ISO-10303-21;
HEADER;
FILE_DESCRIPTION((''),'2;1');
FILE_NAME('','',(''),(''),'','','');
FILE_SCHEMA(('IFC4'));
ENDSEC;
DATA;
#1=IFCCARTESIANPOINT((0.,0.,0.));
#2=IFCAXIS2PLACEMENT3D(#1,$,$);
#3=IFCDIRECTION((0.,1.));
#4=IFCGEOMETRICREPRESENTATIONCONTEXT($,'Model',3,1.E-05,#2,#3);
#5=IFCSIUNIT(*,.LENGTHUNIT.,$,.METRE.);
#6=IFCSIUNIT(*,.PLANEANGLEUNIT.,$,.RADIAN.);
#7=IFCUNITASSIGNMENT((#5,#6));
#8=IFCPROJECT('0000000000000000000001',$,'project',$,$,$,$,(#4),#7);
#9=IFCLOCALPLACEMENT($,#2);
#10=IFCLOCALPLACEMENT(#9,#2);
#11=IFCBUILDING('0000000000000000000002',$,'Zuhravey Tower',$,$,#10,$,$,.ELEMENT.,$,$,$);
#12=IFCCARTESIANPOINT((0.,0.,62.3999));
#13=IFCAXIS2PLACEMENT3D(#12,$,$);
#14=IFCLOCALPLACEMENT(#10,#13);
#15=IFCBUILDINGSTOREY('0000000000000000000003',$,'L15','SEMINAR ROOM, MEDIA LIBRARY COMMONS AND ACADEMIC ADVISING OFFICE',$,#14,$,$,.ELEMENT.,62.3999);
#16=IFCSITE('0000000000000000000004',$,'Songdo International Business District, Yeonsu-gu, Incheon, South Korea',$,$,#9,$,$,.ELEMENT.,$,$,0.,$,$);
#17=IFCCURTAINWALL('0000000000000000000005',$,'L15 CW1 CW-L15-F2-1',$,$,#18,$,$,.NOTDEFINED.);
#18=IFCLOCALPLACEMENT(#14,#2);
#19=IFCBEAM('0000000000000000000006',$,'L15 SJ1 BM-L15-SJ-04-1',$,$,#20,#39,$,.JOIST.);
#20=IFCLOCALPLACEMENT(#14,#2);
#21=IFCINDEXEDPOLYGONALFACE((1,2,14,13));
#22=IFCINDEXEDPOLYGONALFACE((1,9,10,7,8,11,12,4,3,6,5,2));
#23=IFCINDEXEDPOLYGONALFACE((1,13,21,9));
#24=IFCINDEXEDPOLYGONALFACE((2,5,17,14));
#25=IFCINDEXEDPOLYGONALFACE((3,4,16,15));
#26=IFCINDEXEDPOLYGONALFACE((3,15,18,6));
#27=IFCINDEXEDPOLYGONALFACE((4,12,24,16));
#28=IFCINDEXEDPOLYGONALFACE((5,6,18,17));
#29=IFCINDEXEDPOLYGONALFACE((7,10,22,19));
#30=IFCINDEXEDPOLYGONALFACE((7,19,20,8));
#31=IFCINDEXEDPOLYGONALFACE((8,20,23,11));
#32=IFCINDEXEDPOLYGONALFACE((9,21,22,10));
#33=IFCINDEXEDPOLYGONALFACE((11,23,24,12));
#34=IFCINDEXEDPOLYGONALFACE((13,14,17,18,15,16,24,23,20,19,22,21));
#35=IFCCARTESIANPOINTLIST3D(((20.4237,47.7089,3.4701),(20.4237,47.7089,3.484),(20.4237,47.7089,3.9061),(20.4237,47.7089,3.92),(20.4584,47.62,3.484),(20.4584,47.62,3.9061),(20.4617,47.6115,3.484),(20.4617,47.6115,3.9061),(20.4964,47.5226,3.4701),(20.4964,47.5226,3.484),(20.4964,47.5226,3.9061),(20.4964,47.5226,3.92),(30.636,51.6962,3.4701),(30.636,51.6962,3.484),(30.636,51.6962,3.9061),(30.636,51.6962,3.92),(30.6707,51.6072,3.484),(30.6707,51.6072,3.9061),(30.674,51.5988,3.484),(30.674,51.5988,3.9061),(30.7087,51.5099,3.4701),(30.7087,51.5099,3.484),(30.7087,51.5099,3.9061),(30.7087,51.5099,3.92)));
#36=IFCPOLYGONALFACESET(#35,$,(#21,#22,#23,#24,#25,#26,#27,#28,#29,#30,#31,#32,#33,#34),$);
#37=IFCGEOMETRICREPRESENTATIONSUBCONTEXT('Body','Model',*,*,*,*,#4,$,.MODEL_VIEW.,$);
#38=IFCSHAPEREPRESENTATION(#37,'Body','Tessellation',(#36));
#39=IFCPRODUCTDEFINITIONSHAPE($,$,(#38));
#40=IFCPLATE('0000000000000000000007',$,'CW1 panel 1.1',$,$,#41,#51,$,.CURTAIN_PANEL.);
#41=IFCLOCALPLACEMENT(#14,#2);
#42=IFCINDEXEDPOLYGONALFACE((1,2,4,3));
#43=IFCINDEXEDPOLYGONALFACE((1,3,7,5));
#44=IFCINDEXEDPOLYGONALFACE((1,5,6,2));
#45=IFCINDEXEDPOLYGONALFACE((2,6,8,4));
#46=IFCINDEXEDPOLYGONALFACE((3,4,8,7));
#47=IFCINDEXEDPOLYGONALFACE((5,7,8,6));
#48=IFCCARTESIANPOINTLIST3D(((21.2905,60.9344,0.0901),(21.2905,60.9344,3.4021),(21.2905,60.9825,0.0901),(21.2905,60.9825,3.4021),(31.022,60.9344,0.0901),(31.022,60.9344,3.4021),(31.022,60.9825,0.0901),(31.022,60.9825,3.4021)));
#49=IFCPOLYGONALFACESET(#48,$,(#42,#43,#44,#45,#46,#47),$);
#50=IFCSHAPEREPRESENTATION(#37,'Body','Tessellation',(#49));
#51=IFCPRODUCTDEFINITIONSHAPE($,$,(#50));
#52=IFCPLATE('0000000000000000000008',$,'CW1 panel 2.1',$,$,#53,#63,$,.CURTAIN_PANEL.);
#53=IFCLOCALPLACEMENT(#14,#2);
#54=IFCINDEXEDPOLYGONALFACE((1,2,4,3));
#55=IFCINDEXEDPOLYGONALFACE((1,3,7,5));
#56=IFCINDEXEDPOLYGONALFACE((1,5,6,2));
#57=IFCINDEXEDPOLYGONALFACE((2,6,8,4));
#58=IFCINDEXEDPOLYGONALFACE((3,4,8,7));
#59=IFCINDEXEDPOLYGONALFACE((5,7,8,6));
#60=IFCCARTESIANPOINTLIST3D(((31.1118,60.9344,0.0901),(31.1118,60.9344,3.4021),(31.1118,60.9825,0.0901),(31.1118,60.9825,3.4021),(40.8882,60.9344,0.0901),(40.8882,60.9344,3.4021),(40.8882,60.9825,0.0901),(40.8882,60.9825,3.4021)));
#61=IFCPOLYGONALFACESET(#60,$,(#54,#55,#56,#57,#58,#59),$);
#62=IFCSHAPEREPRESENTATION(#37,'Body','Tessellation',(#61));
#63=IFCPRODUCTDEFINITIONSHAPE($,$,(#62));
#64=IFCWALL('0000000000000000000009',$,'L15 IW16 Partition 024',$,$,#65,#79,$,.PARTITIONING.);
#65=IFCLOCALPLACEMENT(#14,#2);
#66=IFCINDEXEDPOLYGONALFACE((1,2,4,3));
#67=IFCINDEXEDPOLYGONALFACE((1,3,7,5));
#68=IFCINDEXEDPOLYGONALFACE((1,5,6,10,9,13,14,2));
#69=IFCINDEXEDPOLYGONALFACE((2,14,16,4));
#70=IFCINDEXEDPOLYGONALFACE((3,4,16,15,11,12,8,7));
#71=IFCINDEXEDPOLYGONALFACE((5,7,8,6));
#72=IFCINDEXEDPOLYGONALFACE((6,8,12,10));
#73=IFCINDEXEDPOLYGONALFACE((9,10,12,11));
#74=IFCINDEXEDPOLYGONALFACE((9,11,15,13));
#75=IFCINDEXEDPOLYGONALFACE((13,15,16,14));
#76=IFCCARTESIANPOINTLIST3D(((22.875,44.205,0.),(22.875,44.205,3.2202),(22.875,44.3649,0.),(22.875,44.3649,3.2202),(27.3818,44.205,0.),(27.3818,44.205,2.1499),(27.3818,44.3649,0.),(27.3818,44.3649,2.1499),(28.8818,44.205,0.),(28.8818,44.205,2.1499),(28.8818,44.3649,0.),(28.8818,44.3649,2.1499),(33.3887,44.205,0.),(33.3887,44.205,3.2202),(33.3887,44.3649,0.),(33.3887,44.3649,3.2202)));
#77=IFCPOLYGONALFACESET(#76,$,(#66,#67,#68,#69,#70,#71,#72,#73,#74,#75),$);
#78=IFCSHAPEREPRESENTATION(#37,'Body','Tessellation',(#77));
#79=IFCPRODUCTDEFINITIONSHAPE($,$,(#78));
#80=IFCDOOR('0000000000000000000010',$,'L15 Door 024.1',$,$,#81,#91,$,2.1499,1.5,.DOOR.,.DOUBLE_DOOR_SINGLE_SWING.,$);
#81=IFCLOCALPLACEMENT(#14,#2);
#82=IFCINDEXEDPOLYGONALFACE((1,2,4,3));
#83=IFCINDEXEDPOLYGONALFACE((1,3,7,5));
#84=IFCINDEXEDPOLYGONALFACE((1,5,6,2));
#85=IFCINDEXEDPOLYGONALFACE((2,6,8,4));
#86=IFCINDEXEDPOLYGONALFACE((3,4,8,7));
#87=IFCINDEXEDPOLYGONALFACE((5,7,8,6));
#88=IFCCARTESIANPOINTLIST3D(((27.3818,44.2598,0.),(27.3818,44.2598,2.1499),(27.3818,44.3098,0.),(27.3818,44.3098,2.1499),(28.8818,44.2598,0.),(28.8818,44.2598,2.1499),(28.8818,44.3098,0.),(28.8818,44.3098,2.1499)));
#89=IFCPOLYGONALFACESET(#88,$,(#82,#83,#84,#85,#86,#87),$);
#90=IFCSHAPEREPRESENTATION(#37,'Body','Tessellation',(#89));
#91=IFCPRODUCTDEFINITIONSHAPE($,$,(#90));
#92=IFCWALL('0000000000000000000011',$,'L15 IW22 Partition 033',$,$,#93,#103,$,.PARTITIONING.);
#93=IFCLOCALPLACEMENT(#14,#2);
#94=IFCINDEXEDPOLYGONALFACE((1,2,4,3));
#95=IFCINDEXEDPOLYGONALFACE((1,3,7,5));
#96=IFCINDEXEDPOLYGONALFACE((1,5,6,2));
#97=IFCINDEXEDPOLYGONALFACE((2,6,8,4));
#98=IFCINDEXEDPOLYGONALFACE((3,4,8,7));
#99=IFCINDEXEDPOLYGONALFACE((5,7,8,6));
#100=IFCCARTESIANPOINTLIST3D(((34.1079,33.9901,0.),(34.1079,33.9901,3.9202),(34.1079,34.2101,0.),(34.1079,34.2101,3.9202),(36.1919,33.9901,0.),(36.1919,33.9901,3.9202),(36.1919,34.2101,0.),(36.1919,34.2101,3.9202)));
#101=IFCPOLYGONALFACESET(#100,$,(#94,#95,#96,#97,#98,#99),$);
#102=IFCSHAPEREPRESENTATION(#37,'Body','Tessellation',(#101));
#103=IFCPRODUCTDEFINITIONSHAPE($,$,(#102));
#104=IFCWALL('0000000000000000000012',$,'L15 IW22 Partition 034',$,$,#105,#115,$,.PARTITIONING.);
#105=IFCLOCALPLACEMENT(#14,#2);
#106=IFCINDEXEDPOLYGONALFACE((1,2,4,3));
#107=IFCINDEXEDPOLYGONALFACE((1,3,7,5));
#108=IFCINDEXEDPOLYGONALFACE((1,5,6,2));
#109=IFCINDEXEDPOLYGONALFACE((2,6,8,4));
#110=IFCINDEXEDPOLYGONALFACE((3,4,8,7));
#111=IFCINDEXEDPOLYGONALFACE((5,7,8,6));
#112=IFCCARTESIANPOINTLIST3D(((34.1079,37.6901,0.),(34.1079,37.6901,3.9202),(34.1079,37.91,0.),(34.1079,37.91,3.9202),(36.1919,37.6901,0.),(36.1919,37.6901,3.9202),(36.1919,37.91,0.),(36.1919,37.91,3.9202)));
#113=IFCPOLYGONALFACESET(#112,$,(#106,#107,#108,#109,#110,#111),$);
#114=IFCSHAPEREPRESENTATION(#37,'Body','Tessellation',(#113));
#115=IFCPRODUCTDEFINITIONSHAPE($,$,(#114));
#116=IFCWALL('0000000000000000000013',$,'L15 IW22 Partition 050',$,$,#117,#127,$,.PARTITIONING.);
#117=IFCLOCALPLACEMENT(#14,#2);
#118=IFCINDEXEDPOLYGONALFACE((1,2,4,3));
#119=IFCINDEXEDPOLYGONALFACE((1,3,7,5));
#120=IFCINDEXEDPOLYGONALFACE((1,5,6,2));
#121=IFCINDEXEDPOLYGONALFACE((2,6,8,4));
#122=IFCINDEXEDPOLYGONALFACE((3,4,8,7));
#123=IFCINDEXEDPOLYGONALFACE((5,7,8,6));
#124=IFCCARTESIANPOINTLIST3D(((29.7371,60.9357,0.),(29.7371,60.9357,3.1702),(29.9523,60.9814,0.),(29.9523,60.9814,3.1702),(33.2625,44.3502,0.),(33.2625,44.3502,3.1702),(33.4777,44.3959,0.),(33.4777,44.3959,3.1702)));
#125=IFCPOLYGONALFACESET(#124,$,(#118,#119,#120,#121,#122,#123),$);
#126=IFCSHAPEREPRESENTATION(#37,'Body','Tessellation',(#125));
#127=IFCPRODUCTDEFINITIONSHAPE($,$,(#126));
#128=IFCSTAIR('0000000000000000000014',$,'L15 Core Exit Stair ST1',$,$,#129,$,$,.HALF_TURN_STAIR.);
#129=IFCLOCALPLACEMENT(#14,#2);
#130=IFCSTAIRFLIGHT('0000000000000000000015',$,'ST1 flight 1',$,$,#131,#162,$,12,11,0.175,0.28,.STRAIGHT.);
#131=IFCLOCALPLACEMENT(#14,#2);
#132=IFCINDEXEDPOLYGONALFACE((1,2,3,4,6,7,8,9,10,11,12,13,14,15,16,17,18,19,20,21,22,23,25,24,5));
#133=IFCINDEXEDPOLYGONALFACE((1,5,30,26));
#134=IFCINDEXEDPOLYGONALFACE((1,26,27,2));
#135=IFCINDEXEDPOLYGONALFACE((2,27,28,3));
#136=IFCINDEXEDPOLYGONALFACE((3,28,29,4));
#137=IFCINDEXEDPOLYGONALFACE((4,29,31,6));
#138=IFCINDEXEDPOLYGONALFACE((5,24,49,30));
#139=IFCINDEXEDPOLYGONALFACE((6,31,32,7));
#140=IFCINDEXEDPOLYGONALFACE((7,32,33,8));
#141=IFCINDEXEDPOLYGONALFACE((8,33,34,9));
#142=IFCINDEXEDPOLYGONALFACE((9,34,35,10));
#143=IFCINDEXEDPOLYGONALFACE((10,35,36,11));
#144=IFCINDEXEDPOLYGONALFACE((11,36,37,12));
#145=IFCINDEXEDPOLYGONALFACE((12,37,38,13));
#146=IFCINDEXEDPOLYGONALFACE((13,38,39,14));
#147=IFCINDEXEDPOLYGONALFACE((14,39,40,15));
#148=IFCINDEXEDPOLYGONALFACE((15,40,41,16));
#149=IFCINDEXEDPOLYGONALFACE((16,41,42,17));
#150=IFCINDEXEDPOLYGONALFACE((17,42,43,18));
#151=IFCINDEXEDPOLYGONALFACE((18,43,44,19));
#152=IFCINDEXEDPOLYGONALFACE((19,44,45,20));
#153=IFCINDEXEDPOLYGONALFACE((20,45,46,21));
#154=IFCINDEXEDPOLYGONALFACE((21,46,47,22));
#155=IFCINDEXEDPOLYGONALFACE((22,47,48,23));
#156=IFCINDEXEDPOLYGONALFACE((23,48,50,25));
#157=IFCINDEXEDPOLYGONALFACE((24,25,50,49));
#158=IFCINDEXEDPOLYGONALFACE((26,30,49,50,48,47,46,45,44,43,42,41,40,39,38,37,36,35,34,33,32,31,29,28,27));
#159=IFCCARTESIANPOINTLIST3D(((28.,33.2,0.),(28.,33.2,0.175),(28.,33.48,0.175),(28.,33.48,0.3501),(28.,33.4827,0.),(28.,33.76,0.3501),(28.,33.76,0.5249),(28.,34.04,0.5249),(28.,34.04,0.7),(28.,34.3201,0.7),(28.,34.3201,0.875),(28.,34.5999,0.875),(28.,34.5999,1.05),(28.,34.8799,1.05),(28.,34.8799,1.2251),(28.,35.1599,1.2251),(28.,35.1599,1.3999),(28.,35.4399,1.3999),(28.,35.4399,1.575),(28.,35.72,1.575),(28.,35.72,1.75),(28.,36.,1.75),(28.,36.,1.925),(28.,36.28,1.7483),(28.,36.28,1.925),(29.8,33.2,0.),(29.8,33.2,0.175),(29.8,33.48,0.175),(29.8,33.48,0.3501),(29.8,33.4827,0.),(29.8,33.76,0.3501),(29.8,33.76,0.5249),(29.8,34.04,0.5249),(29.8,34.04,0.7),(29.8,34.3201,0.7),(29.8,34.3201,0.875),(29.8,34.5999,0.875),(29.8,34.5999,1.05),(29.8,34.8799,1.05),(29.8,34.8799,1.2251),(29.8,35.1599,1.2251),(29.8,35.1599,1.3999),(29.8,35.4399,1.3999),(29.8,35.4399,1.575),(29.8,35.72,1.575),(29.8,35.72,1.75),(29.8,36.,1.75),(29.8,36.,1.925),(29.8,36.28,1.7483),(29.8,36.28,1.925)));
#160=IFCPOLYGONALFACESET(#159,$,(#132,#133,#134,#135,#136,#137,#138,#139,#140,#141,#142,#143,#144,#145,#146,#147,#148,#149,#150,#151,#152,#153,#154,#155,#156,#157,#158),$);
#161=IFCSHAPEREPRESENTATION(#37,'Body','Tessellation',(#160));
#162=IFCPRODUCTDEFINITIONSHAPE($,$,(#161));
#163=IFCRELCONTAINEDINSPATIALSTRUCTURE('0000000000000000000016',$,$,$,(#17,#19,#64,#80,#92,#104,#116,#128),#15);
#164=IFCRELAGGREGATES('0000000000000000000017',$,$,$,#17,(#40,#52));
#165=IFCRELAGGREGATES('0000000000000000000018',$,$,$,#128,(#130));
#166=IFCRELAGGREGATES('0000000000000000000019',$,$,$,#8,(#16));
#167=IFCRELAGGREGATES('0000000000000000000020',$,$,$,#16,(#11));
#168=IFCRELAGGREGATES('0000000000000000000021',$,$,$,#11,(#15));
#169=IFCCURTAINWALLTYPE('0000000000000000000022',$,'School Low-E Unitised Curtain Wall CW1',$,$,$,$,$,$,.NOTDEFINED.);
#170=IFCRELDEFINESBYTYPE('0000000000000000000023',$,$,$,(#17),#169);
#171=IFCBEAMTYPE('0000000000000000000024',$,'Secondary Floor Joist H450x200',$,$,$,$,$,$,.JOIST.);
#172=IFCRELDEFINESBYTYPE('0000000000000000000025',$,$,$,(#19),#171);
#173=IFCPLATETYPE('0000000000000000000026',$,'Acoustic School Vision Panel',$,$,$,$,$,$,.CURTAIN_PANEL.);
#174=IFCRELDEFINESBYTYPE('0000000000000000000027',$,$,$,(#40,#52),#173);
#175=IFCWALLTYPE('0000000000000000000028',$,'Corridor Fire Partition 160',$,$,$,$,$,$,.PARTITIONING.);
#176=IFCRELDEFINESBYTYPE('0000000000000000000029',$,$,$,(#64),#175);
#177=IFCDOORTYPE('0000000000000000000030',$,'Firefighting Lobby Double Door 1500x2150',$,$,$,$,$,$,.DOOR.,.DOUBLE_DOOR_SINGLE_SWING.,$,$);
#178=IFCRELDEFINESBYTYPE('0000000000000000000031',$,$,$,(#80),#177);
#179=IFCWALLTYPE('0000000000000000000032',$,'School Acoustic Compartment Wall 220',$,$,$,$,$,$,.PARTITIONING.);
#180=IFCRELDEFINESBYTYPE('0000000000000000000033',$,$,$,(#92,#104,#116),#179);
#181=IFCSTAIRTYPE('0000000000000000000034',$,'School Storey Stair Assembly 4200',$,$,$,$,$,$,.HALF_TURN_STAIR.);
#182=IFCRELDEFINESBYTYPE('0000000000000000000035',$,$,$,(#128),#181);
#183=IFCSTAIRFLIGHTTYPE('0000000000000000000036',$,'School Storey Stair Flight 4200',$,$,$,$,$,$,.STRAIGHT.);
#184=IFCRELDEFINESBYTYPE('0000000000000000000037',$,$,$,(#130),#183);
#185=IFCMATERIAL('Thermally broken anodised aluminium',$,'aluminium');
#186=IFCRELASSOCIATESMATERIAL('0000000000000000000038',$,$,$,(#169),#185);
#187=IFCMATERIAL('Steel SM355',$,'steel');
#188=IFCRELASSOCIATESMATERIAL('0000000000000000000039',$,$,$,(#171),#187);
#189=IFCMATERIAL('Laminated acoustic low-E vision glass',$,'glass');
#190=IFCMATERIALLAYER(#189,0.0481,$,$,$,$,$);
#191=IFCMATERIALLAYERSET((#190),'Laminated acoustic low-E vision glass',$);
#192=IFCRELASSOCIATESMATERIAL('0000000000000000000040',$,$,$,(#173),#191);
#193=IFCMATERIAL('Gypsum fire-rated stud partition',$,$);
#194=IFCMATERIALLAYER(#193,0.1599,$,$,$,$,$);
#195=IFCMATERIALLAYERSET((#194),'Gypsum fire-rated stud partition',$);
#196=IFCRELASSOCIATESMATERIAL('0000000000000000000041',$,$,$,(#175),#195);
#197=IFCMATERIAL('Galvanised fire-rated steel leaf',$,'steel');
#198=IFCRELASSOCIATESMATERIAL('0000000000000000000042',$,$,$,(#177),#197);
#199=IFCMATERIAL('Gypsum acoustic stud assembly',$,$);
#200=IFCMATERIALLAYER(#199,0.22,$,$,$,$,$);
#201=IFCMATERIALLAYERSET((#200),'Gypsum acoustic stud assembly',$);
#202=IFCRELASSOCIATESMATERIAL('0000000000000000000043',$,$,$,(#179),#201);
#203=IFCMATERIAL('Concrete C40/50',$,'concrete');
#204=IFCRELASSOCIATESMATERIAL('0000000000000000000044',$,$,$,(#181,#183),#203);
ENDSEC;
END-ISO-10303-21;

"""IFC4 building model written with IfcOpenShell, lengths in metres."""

from ifc_helpers import new_model, si_unit, direction, frame, frame_2d, origin, origin_2d, place, context, subcontext, project, spatial, polyline, rectangle, i_section, outline, extrude, material, layer, layer_set, material_profile, profile_set, type_object, element, fill, aggregate, save


model = new_model("IFC4")

# Units and contexts
model_context = context("Model", 3, precision=1e-05, world=origin(), true_north=direction((0.0, 1.0)))
body_context = subcontext(model_context, "Body", "Model", "MODEL_VIEW")
ifc_project = project(units=[si_unit("LENGTHUNIT", "METRE"), si_unit("PLANEANGLEUNIT", "RADIAN")], contexts=[model_context])

# Site, building, storey
site_placement = place(None, origin())
site = spatial("IfcSite", under=ifc_project, at=site_placement, Name="Songdo International Business District, Yeonsu-gu, Incheon, South Korea", CompositionType="ELEMENT", RefElevation=0.0)
building_placement = place(site_placement, origin())
building = spatial("IfcBuilding", under=site, at=building_placement, Name="Zuhravey Tower", CompositionType="ELEMENT")
storey_placement = place(building_placement, frame((0.0, 0.0, 62.3999)))
storey = spatial("IfcBuildingStorey", under=building, at=storey_placement, Name="L15", Description="SEMINAR ROOM, MEDIA LIBRARY COMMONS AND ACADEMIC ADVISING OFFICE", CompositionType="ELEMENT", Elevation=62.3999)

# Curtain wall
ifc_material_1 = material(Name="Thermally broken anodised aluminium", Category="aluminium")
curtain_wall_type = type_object("IfcCurtainWallType", Name="School Low-E Unitised Curtain Wall CW1", PredefinedType="NOTDEFINED", material=ifc_material_1)
curtain_wall_placement = place(storey_placement, origin())
curtain_wall = element("IfcCurtainWall", 1, at=curtain_wall_placement, inside=storey, type_object=curtain_wall_type, Name="L15 CW1 CW-L15-F2-1", PredefinedType="NOTDEFINED")

# Beam
ifc_material_2 = material(Name="Steel SM355", Category="steel")
ifc_material_profile_1 = material_profile(ifc_material_2, i_section(OverallWidth=0.2, OverallDepth=0.45, WebThickness=0.009, FlangeThickness=0.0139, at=origin_2d()), Name="H-450x200x9x14")
ifc_profile_set_1 = profile_set([ifc_material_profile_1], Name="Steel SM355")
beam_type_1 = type_object("IfcBeamType", Name="Secondary Floor Joist H450x200", PredefinedType="JOIST", material=ifc_profile_set_1)
beam_1_placement = place(storey_placement, frame((30.6724, 51.603, 3.6951), z_axis=(-0.931517, -0.363699, 0.0), x_axis=(0.363699, -0.931517, 0.0)))
element("IfcBeam", 2, at=beam_1_placement, inside=storey, type_object=beam_type_1, Name="L15 SJ1 BM-L15-SJ-04-1", PredefinedType="JOIST", context=body_context, shape_type="SweptSolid", body=[
    extrude(i_section(OverallWidth=0.2, OverallDepth=0.45, WebThickness=0.009, FlangeThickness=0.0139, at=origin_2d()), origin(), (0.0, 0.0, 1.0), 10.9631),
])

# Plates
ifc_material_3 = material(Name="Laminated acoustic low-E vision glass", Category="glass")
ifc_layer_1 = layer(ifc_material_3, 0.0481)
ifc_layer_set_1 = layer_set([ifc_layer_1], Name="Laminated acoustic low-E vision glass")
plate_type = type_object("IfcPlateType", Name="Acoustic School Vision Panel", PredefinedType="CURTAIN_PANEL", material=ifc_layer_set_1)
plate_1_placement = place(storey_placement, frame((26.1562, 60.9585, 0.0901), z_axis=(0.0, 0.0, 1.0), x_axis=(1.0, 0.0, 0.0)))
plate_1 = element("IfcPlate", 3, at=plate_1_placement, type_object=plate_type, Name="CW1 panel 1.1", PredefinedType="CURTAIN_PANEL", context=body_context, shape_type="SweptSolid", body=[
    extrude(rectangle(XDim=9.7314, YDim=0.0481, at=origin_2d()), origin(), (0.0, 0.0, 1.0), 3.312),
])
plate_2_placement = place(storey_placement, frame((36.0, 60.9585, 0.0901), z_axis=(0.0, 0.0, 1.0), x_axis=(1.0, 0.0, 0.0)))
plate_2 = element("IfcPlate", 4, at=plate_2_placement, type_object=plate_type, Name="CW1 panel 2.1", PredefinedType="CURTAIN_PANEL", context=body_context, shape_type="SweptSolid", body=[
    extrude(rectangle(XDim=9.7764, YDim=0.0481, at=origin_2d()), origin(), (0.0, 0.0, 1.0), 3.312),
])
aggregate(curtain_wall, [plate_1, plate_2])

# Wall, opening, door
ifc_material_4 = material(Name="Gypsum fire-rated stud partition")
ifc_layer_2 = layer(ifc_material_4, 0.1599)
ifc_layer_set_2 = layer_set([ifc_layer_2], Name="Gypsum fire-rated stud partition")
wall_type_1 = type_object("IfcWallType", Name="Corridor Fire Partition 160", PredefinedType="PARTITIONING", material=ifc_layer_set_2)
wall_1_placement = place(storey_placement, frame((33.3887, 44.2849, 0.0), z_axis=(0.0, 0.0, 1.0), x_axis=(-1.0, 0.0, 0.0)))
wall_1 = element("IfcWall", 5, at=wall_1_placement, inside=storey, type_object=wall_type_1, Name="L15 IW16 Partition 024", PredefinedType="PARTITIONING", context=body_context, shape_type="SweptSolid", body=[
    extrude(rectangle(XDim=10.5137, YDim=0.1599, at=frame_2d((5.2568, 0.0))), origin(), (0.0, 0.0, 1.0), 3.2202),
])
opening_placement = place(wall_1_placement, frame((4.5068, 0.0, 0.0)))
opening = element("IfcOpeningElement", 6, at=opening_placement, cuts=wall_1, PredefinedType="OPENING", context=body_context, shape_type="SweptSolid", body=[
    extrude(rectangle(XDim=1.5, YDim=2.1499, at=frame_2d((0.75, 1.075))), frame((0.0, 0.092, 0.0), z_axis=(0.0, -1.0, 0.0), x_axis=(1.0, 0.0, 0.0)), (0.0, 0.0, 1.0), 0.1838),
])
ifc_material_5 = material(Name="Galvanised fire-rated steel leaf", Category="steel")
door_type = type_object("IfcDoorType", Name="Firefighting Lobby Double Door 1500x2150", OperationType="DOUBLE_DOOR_SINGLE_SWING", PredefinedType="DOOR", material=ifc_material_5)
door_placement = place(opening_placement, frame((1.5, 0.0, 0.0), z_axis=(0.0, 0.0, 1.0), x_axis=(-1.0, 0.0, 0.0)))
door = element("IfcDoor", 7, at=door_placement, inside=storey, type_object=door_type, Name="L15 Door 024.1", OperationType="DOUBLE_DOOR_SINGLE_SWING", OverallHeight=2.1499, OverallWidth=1.5, PredefinedType="DOOR", context=body_context, shape_type="SweptSolid", body=[
    extrude(rectangle(XDim=1.5, YDim=2.1499, at=frame_2d((0.75, 1.075))), frame((0.0, 0.0249, 0.0), z_axis=(0.0, -1.0, 0.0), x_axis=(1.0, 0.0, 0.0)), (0.0, 0.0, 1.0), 0.05),
])
fill(opening, door)

# Walls
ifc_material_6 = material(Name="Gypsum acoustic stud assembly")
ifc_layer_3 = layer(ifc_material_6, 0.22)
ifc_layer_set_3 = layer_set([ifc_layer_3], Name="Gypsum acoustic stud assembly")
wall_type_2 = type_object("IfcWallType", Name="School Acoustic Compartment Wall 220", PredefinedType="PARTITIONING", material=ifc_layer_set_3)
for number, where, z_axis, x_axis, name in (
    (8, (34.1079, 34.1001, 0.0), (0.0, 0.0, 1.0), (1.0, 0.0, 0.0), "L15 IW22 Partition 033"),
    (9, (34.1079, 37.8, 0.0), (0.0, 0.0, 1.0), (1.0, 0.0, 0.0), "L15 IW22 Partition 034"),
):
    element("IfcWall", number, at=place(storey_placement, frame(where, z_axis=z_axis, x_axis=x_axis)), inside=storey, type_object=wall_type_2, Name=name, PredefinedType="PARTITIONING", context=body_context, shape_type="SweptSolid", body=[
        extrude(rectangle(XDim=2.084, YDim=0.22, at=frame_2d((1.042, 0.0))), origin(), (0.0, 0.0, 1.0), 3.9202),
    ])
wall_2_placement = place(storey_placement, frame((33.3701, 44.373, 0.0), z_axis=(0.0, 0.0, 1.0), x_axis=(-0.207914, 0.978147, 0.0)))
element("IfcWall", 10, at=wall_2_placement, inside=storey, type_object=wall_type_2, Name="L15 IW22 Partition 050", PredefinedType="PARTITIONING", context=body_context, shape_type="SweptSolid", body=[
    extrude(rectangle(XDim=16.9561, YDim=0.22, at=frame_2d((8.478, 0.0))), origin(), (0.0, 0.0, 1.0), 3.1702),
])

# Stair, stair flight
ifc_material_7 = material(Name="Concrete C40/50", Category="concrete")
stair_type = type_object("IfcStairType", Name="School Storey Stair Assembly 4200", PredefinedType="HALF_TURN_STAIR", material=ifc_material_7)
stair_1_placement = place(storey_placement, origin())
stair_1 = element("IfcStair", 11, at=stair_1_placement, inside=storey, type_object=stair_type, Name="L15 Core Exit Stair ST1", PredefinedType="HALF_TURN_STAIR")
stair_flight_type = type_object("IfcStairFlightType", Name="School Storey Stair Flight 4200", PredefinedType="STRAIGHT", material=ifc_material_7)
stair_flight_1_placement = place(storey_placement, frame((28.8999, 33.2, 0.0), z_axis=(0.0, 0.0, 1.0), x_axis=(0.0, 1.0, 0.0)))
stair_flight_1 = element("IfcStairFlight", 12, at=stair_flight_1_placement, type_object=stair_flight_type, Name="ST1 flight 1", NumberOfRisers=12, NumberOfTreads=11, PredefinedType="STRAIGHT", RiserHeight=0.175, TreadLength=0.28, context=body_context, shape_type="SweptSolid", body=[
    extrude(outline(polyline([(0.0, 0.0), (0.0, 0.175), (0.28, 0.175), (0.28, 0.3501), (0.5601, 0.3501), (0.5601, 0.5249), (0.8401, 0.5249), (0.8401, 0.7), (1.1201, 0.7), (1.1201, 0.875), (1.3999, 0.875), (1.3999, 1.05), (1.6799, 1.05), (1.6799, 1.2251), (1.96, 1.2251), (1.96, 1.3999), (2.24, 1.3999), (2.24, 1.575), (2.52, 1.575), (2.52, 1.75), (2.8, 1.75), (2.8, 1.925), (3.0801, 1.925), (3.0801, 2.1001), (3.0801, 1.7483), (0.2827, 0.0), (0.0, 0.0)])), frame((0.0, 0.8999, 0.0), z_axis=(0.0, -1.0, 0.0), x_axis=(1.0, 0.0, 0.0)), (0.0, 0.0, 1.0), 1.8),
])
aggregate(stair_1, [stair_flight_1])

save(model, "model.ifc")
